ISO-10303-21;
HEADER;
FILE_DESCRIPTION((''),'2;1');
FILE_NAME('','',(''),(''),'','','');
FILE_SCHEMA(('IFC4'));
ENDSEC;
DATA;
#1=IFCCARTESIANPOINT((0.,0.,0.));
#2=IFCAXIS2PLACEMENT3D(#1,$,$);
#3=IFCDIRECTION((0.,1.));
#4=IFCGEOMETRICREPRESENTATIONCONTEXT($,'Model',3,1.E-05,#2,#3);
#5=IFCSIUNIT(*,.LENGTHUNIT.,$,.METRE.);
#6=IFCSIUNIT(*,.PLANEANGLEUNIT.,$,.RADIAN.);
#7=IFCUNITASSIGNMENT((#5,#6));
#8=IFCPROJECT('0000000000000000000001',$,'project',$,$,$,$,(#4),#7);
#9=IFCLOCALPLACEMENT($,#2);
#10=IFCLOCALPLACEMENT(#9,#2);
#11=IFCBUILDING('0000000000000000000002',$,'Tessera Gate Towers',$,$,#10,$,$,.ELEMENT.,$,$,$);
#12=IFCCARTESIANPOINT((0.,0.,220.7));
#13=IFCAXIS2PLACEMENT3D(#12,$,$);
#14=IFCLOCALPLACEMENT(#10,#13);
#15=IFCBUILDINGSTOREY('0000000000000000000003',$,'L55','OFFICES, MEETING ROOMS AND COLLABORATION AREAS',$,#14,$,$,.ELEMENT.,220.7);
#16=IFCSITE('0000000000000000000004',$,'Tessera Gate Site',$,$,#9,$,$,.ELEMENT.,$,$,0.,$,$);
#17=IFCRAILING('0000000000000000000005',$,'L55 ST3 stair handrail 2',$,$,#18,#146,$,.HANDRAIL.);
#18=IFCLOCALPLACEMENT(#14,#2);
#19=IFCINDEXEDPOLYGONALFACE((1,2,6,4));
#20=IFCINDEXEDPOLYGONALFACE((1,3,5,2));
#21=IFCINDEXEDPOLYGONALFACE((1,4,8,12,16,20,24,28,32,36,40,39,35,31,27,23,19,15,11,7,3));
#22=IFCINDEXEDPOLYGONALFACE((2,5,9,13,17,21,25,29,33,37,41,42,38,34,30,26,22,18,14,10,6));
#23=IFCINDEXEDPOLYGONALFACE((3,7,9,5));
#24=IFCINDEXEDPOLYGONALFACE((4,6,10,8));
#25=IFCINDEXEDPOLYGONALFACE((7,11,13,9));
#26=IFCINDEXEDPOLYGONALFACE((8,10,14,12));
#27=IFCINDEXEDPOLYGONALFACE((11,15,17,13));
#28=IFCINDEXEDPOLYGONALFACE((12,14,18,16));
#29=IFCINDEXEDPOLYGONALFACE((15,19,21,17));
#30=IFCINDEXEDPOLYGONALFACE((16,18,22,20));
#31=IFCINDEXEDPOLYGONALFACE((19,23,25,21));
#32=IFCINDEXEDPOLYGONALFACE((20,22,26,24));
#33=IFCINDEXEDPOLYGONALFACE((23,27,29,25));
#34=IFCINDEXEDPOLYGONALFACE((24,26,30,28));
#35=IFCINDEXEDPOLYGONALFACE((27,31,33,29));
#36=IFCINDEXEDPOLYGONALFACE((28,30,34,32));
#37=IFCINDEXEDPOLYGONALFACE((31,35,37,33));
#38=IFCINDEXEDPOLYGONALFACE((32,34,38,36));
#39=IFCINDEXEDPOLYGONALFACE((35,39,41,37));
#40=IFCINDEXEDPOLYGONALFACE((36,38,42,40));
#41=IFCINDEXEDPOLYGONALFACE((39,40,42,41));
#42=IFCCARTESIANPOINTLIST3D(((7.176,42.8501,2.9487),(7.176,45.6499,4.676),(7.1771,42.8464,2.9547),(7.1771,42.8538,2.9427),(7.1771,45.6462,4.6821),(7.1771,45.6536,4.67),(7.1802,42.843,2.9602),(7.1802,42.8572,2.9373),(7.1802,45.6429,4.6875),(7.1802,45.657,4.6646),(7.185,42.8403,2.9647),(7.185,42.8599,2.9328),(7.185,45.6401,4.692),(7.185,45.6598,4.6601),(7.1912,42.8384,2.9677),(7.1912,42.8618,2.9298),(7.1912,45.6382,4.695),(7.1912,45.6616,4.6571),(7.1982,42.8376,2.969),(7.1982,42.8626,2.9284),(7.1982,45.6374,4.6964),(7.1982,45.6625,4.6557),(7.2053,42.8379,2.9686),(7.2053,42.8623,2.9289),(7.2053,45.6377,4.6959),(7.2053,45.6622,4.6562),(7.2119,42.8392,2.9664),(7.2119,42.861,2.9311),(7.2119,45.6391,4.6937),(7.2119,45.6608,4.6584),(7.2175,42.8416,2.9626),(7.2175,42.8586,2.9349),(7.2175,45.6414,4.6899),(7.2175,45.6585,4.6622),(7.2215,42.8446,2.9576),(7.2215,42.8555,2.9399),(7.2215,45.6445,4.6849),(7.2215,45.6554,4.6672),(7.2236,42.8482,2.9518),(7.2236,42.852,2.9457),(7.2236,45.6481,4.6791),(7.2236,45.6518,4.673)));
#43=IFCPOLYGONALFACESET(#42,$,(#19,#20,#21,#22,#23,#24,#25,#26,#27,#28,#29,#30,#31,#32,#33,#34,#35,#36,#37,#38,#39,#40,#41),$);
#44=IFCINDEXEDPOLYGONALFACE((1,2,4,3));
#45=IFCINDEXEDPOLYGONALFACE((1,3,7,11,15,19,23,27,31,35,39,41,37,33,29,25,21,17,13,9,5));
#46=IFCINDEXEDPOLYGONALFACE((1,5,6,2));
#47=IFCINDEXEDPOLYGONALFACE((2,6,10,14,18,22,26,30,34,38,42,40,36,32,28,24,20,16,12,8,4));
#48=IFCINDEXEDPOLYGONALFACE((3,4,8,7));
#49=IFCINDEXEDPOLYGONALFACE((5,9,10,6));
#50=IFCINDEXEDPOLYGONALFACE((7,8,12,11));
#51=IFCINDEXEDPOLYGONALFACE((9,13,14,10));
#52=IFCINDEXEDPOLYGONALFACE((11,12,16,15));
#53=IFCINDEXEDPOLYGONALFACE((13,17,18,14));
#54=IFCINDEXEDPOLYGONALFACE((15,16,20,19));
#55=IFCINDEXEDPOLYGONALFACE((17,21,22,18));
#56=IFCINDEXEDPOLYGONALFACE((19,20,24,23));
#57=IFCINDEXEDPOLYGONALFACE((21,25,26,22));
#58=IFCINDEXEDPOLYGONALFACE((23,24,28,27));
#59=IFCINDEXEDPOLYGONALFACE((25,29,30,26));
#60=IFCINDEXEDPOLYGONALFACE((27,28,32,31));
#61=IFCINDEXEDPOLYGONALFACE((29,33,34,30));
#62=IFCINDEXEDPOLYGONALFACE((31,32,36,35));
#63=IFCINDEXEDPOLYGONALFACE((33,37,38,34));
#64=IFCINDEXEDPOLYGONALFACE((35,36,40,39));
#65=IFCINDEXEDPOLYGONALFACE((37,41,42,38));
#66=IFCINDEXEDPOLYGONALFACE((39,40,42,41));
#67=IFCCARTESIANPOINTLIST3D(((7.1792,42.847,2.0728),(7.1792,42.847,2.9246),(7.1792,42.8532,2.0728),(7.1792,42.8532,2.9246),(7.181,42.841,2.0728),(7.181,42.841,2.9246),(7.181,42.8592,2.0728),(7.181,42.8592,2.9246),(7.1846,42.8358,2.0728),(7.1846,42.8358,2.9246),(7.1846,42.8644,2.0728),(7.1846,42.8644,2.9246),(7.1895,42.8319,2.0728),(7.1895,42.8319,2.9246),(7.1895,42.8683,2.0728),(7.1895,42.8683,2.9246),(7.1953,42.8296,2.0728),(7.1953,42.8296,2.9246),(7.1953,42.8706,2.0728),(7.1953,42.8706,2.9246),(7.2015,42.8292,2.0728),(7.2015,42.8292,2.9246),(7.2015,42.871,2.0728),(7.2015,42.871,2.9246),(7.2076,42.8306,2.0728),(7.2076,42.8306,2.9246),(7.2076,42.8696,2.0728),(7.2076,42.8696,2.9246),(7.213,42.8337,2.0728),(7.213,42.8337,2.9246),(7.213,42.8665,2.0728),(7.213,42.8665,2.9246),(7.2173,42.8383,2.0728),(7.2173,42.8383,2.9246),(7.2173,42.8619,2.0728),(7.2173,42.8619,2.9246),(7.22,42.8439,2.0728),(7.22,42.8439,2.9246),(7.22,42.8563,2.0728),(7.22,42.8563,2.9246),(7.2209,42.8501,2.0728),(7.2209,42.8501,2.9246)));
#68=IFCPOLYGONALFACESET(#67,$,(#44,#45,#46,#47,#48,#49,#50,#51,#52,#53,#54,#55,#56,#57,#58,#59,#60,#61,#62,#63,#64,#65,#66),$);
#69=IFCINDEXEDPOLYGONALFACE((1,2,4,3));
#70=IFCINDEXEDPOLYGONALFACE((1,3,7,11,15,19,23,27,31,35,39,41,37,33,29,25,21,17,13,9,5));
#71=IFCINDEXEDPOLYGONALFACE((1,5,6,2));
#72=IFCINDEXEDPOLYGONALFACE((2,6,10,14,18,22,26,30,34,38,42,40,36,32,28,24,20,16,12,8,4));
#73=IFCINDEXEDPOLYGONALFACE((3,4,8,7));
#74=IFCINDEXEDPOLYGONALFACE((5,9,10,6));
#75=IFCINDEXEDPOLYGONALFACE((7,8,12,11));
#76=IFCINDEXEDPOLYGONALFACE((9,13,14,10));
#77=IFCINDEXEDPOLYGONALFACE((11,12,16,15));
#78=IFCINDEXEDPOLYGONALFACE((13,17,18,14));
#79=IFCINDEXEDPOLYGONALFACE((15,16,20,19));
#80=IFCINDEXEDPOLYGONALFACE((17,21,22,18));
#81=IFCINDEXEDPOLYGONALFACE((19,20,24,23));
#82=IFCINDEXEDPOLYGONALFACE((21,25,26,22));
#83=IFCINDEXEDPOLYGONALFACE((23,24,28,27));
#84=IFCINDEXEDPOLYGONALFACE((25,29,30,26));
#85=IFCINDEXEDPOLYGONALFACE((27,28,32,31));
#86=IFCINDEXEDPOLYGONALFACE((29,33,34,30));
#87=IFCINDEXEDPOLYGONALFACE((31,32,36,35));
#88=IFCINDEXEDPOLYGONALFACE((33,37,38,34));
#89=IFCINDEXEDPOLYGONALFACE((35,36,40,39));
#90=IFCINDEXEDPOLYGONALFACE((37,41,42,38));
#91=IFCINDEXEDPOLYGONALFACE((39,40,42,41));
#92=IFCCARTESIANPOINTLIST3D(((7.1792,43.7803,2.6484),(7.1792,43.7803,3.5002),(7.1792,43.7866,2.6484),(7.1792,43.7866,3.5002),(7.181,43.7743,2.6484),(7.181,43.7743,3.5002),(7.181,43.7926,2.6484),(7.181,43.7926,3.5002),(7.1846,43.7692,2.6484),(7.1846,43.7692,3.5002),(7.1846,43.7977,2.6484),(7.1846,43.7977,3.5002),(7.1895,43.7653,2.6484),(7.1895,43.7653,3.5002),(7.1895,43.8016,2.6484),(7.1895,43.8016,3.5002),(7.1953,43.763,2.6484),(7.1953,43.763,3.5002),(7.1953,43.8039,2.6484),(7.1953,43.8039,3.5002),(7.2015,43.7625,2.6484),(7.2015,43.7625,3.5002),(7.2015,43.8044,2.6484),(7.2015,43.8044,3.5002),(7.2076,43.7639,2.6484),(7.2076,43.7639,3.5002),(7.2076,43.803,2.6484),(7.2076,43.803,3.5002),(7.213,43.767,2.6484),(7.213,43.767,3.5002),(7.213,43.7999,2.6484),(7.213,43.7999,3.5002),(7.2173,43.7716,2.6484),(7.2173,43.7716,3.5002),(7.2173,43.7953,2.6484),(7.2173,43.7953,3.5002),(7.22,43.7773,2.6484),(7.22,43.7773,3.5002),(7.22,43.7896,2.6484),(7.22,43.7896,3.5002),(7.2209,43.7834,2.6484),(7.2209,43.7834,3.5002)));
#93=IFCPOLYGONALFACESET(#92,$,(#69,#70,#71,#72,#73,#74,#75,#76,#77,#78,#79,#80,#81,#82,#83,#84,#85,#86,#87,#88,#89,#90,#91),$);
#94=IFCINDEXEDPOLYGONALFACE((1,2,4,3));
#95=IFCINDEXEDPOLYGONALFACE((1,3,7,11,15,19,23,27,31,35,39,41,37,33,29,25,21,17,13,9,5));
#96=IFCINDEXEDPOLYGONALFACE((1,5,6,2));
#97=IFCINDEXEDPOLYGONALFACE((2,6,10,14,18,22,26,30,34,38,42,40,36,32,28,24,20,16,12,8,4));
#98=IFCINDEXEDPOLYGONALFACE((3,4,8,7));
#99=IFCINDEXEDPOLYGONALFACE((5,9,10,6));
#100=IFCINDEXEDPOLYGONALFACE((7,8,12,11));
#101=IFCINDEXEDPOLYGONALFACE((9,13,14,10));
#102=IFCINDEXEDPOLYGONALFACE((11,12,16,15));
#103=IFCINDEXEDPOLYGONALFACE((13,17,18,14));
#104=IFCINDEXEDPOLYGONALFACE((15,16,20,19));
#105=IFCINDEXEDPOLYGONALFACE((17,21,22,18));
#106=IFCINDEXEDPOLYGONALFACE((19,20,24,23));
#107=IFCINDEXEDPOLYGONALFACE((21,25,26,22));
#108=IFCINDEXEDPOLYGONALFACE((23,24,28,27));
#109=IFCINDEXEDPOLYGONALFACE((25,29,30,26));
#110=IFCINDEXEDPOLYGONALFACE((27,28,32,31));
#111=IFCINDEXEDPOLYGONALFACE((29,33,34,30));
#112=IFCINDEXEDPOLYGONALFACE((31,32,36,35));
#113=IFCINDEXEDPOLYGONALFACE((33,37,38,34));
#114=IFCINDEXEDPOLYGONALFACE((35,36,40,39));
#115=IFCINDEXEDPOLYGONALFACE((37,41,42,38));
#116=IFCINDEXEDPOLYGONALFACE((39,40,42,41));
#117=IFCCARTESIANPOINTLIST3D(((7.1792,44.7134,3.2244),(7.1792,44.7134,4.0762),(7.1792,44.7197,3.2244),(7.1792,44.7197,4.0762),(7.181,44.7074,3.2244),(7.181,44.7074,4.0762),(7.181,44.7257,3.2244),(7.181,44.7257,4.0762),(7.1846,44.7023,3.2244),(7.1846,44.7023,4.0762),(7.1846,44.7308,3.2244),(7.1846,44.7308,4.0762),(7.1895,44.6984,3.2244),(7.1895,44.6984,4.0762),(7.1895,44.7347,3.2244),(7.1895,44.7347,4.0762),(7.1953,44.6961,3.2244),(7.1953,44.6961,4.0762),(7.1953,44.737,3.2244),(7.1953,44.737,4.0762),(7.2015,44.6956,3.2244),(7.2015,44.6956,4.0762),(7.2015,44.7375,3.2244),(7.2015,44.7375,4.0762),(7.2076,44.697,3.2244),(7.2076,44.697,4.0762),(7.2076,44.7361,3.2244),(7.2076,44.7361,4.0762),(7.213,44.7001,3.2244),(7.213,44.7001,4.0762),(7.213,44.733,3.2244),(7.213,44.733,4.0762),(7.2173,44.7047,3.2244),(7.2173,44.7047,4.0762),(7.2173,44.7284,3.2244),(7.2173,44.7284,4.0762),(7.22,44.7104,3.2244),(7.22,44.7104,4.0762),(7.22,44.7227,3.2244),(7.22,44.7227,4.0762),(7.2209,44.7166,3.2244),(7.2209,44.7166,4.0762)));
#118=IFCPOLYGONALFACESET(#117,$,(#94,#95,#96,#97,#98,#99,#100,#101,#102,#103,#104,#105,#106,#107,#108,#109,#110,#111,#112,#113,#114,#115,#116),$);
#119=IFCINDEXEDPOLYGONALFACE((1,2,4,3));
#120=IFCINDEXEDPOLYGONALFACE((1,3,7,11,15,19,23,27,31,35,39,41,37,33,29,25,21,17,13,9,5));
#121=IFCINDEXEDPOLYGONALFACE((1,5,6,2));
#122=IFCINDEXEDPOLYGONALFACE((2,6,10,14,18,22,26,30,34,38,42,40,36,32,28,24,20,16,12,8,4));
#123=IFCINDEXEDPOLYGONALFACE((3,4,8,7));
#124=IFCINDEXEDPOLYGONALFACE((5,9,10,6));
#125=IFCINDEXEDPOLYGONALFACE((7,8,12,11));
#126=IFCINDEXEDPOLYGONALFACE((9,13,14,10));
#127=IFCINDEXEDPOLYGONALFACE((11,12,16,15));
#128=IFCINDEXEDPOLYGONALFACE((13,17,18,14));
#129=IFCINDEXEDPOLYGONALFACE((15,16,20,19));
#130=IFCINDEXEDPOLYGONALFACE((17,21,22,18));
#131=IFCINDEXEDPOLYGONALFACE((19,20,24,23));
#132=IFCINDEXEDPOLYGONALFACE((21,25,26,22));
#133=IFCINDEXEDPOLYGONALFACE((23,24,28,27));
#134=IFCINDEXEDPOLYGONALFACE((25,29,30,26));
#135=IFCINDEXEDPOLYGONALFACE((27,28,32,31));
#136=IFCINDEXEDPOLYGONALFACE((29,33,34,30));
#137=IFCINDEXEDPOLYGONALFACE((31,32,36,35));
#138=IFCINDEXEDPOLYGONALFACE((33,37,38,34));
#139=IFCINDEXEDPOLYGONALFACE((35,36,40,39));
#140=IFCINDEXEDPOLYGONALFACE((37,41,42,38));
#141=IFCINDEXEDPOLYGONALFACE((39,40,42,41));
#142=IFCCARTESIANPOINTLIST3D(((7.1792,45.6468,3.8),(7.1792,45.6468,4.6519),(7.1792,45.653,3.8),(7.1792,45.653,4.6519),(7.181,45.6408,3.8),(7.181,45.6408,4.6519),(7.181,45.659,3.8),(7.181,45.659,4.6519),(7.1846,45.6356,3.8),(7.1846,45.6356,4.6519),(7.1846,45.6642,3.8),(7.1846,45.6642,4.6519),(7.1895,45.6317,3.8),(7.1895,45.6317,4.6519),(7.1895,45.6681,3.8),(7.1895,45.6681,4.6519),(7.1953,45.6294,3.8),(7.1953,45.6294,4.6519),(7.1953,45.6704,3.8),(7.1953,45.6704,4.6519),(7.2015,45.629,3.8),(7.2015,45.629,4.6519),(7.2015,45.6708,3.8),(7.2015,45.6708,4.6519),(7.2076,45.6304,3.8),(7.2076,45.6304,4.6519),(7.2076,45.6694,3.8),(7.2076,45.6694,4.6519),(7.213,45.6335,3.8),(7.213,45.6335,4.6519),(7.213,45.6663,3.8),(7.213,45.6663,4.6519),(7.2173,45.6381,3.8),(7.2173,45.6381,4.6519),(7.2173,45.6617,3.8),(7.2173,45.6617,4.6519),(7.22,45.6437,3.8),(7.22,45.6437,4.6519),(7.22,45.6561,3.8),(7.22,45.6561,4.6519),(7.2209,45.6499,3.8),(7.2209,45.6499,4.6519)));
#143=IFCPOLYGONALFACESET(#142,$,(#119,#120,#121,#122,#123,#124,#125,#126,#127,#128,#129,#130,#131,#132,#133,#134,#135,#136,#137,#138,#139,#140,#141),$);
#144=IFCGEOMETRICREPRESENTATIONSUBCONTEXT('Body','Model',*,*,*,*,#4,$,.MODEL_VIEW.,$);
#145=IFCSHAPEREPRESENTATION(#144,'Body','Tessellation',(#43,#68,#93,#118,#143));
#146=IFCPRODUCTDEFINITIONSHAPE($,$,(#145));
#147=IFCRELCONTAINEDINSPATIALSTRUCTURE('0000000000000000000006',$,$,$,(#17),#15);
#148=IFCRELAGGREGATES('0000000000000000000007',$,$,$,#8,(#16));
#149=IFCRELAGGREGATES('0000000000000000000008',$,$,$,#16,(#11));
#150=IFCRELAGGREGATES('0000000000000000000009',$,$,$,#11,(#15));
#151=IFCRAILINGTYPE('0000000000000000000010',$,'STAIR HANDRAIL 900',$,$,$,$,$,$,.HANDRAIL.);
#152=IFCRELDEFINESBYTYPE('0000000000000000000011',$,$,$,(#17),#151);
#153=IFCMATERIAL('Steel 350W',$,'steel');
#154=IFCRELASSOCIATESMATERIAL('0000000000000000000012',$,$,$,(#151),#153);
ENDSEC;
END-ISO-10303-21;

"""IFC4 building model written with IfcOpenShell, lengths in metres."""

from ifc_helpers import new_model, si_unit, direction, frame, origin, origin_2d, place, context, subcontext, project, spatial, circle, extrude, material, type_object, element, save


model = new_model("IFC4")

# Units and contexts
model_context = context("Model", 3, precision=1e-05, world=origin(), true_north=direction((0.0, 1.0)))
body_context = subcontext(model_context, "Body", "Model", "MODEL_VIEW")
ifc_project = project(units=[si_unit("LENGTHUNIT", "METRE"), si_unit("PLANEANGLEUNIT", "RADIAN")], contexts=[model_context])

# Site, building, storey
site_placement = place(None, origin())
site = spatial("IfcSite", under=ifc_project, at=site_placement, Name="Tessera Gate Site", CompositionType="ELEMENT", RefElevation=0.0)
building_placement = place(site_placement, origin())
building = spatial("IfcBuilding", under=site, at=building_placement, Name="Tessera Gate Towers", CompositionType="ELEMENT")
storey_placement = place(building_placement, frame((0.0, 0.0, 220.7)))
storey = spatial("IfcBuildingStorey", under=building, at=storey_placement, Name="L55", Description="OFFICES, MEETING ROOMS AND COLLABORATION AREAS", CompositionType="ELEMENT", Elevation=220.7)

# Railing
ifc_material_1 = material(Name="Steel 350W", Category="steel")
railing_type_1 = type_object("IfcRailingType", Name="STAIR HANDRAIL 900", PredefinedType="HANDRAIL", material=ifc_material_1)
railing_1_placement = place(storey_placement, frame((7.2, 42.8501, 2.0728)))
element("IfcRailing", 1, at=railing_1_placement, inside=storey, type_object=railing_type_1, Name="L55 ST3 stair handrail 2", PredefinedType="HANDRAIL", context=body_context, shape_type="SweptSolid", body=[
    extrude(circle(Radius=0.0239, at=origin_2d()), frame((0.0, 0.0, 0.876), z_axis=(0.0, 0.851069, 0.525054), x_axis=(-1.0, 0.0, 0.0)), (0.0, 0.0, 1.0), 3.2898),
    extrude(circle(Radius=0.021, at=origin_2d()), origin(), (0.0, 0.0, 1.0), 0.8518),
    extrude(circle(Radius=0.021, at=origin_2d()), frame((0.0, 0.9333, 0.5757)), (0.0, 0.0, 1.0), 0.8518),
    extrude(circle(Radius=0.021, at=origin_2d()), frame((0.0, 1.8665, 1.1516)), (0.0, 0.0, 1.0), 0.8518),
    extrude(circle(Radius=0.021, at=origin_2d()), frame((0.0, 2.7998, 1.7273)), (0.0, 0.0, 1.0), 0.8518),
])

save(model, "model.ifc")
